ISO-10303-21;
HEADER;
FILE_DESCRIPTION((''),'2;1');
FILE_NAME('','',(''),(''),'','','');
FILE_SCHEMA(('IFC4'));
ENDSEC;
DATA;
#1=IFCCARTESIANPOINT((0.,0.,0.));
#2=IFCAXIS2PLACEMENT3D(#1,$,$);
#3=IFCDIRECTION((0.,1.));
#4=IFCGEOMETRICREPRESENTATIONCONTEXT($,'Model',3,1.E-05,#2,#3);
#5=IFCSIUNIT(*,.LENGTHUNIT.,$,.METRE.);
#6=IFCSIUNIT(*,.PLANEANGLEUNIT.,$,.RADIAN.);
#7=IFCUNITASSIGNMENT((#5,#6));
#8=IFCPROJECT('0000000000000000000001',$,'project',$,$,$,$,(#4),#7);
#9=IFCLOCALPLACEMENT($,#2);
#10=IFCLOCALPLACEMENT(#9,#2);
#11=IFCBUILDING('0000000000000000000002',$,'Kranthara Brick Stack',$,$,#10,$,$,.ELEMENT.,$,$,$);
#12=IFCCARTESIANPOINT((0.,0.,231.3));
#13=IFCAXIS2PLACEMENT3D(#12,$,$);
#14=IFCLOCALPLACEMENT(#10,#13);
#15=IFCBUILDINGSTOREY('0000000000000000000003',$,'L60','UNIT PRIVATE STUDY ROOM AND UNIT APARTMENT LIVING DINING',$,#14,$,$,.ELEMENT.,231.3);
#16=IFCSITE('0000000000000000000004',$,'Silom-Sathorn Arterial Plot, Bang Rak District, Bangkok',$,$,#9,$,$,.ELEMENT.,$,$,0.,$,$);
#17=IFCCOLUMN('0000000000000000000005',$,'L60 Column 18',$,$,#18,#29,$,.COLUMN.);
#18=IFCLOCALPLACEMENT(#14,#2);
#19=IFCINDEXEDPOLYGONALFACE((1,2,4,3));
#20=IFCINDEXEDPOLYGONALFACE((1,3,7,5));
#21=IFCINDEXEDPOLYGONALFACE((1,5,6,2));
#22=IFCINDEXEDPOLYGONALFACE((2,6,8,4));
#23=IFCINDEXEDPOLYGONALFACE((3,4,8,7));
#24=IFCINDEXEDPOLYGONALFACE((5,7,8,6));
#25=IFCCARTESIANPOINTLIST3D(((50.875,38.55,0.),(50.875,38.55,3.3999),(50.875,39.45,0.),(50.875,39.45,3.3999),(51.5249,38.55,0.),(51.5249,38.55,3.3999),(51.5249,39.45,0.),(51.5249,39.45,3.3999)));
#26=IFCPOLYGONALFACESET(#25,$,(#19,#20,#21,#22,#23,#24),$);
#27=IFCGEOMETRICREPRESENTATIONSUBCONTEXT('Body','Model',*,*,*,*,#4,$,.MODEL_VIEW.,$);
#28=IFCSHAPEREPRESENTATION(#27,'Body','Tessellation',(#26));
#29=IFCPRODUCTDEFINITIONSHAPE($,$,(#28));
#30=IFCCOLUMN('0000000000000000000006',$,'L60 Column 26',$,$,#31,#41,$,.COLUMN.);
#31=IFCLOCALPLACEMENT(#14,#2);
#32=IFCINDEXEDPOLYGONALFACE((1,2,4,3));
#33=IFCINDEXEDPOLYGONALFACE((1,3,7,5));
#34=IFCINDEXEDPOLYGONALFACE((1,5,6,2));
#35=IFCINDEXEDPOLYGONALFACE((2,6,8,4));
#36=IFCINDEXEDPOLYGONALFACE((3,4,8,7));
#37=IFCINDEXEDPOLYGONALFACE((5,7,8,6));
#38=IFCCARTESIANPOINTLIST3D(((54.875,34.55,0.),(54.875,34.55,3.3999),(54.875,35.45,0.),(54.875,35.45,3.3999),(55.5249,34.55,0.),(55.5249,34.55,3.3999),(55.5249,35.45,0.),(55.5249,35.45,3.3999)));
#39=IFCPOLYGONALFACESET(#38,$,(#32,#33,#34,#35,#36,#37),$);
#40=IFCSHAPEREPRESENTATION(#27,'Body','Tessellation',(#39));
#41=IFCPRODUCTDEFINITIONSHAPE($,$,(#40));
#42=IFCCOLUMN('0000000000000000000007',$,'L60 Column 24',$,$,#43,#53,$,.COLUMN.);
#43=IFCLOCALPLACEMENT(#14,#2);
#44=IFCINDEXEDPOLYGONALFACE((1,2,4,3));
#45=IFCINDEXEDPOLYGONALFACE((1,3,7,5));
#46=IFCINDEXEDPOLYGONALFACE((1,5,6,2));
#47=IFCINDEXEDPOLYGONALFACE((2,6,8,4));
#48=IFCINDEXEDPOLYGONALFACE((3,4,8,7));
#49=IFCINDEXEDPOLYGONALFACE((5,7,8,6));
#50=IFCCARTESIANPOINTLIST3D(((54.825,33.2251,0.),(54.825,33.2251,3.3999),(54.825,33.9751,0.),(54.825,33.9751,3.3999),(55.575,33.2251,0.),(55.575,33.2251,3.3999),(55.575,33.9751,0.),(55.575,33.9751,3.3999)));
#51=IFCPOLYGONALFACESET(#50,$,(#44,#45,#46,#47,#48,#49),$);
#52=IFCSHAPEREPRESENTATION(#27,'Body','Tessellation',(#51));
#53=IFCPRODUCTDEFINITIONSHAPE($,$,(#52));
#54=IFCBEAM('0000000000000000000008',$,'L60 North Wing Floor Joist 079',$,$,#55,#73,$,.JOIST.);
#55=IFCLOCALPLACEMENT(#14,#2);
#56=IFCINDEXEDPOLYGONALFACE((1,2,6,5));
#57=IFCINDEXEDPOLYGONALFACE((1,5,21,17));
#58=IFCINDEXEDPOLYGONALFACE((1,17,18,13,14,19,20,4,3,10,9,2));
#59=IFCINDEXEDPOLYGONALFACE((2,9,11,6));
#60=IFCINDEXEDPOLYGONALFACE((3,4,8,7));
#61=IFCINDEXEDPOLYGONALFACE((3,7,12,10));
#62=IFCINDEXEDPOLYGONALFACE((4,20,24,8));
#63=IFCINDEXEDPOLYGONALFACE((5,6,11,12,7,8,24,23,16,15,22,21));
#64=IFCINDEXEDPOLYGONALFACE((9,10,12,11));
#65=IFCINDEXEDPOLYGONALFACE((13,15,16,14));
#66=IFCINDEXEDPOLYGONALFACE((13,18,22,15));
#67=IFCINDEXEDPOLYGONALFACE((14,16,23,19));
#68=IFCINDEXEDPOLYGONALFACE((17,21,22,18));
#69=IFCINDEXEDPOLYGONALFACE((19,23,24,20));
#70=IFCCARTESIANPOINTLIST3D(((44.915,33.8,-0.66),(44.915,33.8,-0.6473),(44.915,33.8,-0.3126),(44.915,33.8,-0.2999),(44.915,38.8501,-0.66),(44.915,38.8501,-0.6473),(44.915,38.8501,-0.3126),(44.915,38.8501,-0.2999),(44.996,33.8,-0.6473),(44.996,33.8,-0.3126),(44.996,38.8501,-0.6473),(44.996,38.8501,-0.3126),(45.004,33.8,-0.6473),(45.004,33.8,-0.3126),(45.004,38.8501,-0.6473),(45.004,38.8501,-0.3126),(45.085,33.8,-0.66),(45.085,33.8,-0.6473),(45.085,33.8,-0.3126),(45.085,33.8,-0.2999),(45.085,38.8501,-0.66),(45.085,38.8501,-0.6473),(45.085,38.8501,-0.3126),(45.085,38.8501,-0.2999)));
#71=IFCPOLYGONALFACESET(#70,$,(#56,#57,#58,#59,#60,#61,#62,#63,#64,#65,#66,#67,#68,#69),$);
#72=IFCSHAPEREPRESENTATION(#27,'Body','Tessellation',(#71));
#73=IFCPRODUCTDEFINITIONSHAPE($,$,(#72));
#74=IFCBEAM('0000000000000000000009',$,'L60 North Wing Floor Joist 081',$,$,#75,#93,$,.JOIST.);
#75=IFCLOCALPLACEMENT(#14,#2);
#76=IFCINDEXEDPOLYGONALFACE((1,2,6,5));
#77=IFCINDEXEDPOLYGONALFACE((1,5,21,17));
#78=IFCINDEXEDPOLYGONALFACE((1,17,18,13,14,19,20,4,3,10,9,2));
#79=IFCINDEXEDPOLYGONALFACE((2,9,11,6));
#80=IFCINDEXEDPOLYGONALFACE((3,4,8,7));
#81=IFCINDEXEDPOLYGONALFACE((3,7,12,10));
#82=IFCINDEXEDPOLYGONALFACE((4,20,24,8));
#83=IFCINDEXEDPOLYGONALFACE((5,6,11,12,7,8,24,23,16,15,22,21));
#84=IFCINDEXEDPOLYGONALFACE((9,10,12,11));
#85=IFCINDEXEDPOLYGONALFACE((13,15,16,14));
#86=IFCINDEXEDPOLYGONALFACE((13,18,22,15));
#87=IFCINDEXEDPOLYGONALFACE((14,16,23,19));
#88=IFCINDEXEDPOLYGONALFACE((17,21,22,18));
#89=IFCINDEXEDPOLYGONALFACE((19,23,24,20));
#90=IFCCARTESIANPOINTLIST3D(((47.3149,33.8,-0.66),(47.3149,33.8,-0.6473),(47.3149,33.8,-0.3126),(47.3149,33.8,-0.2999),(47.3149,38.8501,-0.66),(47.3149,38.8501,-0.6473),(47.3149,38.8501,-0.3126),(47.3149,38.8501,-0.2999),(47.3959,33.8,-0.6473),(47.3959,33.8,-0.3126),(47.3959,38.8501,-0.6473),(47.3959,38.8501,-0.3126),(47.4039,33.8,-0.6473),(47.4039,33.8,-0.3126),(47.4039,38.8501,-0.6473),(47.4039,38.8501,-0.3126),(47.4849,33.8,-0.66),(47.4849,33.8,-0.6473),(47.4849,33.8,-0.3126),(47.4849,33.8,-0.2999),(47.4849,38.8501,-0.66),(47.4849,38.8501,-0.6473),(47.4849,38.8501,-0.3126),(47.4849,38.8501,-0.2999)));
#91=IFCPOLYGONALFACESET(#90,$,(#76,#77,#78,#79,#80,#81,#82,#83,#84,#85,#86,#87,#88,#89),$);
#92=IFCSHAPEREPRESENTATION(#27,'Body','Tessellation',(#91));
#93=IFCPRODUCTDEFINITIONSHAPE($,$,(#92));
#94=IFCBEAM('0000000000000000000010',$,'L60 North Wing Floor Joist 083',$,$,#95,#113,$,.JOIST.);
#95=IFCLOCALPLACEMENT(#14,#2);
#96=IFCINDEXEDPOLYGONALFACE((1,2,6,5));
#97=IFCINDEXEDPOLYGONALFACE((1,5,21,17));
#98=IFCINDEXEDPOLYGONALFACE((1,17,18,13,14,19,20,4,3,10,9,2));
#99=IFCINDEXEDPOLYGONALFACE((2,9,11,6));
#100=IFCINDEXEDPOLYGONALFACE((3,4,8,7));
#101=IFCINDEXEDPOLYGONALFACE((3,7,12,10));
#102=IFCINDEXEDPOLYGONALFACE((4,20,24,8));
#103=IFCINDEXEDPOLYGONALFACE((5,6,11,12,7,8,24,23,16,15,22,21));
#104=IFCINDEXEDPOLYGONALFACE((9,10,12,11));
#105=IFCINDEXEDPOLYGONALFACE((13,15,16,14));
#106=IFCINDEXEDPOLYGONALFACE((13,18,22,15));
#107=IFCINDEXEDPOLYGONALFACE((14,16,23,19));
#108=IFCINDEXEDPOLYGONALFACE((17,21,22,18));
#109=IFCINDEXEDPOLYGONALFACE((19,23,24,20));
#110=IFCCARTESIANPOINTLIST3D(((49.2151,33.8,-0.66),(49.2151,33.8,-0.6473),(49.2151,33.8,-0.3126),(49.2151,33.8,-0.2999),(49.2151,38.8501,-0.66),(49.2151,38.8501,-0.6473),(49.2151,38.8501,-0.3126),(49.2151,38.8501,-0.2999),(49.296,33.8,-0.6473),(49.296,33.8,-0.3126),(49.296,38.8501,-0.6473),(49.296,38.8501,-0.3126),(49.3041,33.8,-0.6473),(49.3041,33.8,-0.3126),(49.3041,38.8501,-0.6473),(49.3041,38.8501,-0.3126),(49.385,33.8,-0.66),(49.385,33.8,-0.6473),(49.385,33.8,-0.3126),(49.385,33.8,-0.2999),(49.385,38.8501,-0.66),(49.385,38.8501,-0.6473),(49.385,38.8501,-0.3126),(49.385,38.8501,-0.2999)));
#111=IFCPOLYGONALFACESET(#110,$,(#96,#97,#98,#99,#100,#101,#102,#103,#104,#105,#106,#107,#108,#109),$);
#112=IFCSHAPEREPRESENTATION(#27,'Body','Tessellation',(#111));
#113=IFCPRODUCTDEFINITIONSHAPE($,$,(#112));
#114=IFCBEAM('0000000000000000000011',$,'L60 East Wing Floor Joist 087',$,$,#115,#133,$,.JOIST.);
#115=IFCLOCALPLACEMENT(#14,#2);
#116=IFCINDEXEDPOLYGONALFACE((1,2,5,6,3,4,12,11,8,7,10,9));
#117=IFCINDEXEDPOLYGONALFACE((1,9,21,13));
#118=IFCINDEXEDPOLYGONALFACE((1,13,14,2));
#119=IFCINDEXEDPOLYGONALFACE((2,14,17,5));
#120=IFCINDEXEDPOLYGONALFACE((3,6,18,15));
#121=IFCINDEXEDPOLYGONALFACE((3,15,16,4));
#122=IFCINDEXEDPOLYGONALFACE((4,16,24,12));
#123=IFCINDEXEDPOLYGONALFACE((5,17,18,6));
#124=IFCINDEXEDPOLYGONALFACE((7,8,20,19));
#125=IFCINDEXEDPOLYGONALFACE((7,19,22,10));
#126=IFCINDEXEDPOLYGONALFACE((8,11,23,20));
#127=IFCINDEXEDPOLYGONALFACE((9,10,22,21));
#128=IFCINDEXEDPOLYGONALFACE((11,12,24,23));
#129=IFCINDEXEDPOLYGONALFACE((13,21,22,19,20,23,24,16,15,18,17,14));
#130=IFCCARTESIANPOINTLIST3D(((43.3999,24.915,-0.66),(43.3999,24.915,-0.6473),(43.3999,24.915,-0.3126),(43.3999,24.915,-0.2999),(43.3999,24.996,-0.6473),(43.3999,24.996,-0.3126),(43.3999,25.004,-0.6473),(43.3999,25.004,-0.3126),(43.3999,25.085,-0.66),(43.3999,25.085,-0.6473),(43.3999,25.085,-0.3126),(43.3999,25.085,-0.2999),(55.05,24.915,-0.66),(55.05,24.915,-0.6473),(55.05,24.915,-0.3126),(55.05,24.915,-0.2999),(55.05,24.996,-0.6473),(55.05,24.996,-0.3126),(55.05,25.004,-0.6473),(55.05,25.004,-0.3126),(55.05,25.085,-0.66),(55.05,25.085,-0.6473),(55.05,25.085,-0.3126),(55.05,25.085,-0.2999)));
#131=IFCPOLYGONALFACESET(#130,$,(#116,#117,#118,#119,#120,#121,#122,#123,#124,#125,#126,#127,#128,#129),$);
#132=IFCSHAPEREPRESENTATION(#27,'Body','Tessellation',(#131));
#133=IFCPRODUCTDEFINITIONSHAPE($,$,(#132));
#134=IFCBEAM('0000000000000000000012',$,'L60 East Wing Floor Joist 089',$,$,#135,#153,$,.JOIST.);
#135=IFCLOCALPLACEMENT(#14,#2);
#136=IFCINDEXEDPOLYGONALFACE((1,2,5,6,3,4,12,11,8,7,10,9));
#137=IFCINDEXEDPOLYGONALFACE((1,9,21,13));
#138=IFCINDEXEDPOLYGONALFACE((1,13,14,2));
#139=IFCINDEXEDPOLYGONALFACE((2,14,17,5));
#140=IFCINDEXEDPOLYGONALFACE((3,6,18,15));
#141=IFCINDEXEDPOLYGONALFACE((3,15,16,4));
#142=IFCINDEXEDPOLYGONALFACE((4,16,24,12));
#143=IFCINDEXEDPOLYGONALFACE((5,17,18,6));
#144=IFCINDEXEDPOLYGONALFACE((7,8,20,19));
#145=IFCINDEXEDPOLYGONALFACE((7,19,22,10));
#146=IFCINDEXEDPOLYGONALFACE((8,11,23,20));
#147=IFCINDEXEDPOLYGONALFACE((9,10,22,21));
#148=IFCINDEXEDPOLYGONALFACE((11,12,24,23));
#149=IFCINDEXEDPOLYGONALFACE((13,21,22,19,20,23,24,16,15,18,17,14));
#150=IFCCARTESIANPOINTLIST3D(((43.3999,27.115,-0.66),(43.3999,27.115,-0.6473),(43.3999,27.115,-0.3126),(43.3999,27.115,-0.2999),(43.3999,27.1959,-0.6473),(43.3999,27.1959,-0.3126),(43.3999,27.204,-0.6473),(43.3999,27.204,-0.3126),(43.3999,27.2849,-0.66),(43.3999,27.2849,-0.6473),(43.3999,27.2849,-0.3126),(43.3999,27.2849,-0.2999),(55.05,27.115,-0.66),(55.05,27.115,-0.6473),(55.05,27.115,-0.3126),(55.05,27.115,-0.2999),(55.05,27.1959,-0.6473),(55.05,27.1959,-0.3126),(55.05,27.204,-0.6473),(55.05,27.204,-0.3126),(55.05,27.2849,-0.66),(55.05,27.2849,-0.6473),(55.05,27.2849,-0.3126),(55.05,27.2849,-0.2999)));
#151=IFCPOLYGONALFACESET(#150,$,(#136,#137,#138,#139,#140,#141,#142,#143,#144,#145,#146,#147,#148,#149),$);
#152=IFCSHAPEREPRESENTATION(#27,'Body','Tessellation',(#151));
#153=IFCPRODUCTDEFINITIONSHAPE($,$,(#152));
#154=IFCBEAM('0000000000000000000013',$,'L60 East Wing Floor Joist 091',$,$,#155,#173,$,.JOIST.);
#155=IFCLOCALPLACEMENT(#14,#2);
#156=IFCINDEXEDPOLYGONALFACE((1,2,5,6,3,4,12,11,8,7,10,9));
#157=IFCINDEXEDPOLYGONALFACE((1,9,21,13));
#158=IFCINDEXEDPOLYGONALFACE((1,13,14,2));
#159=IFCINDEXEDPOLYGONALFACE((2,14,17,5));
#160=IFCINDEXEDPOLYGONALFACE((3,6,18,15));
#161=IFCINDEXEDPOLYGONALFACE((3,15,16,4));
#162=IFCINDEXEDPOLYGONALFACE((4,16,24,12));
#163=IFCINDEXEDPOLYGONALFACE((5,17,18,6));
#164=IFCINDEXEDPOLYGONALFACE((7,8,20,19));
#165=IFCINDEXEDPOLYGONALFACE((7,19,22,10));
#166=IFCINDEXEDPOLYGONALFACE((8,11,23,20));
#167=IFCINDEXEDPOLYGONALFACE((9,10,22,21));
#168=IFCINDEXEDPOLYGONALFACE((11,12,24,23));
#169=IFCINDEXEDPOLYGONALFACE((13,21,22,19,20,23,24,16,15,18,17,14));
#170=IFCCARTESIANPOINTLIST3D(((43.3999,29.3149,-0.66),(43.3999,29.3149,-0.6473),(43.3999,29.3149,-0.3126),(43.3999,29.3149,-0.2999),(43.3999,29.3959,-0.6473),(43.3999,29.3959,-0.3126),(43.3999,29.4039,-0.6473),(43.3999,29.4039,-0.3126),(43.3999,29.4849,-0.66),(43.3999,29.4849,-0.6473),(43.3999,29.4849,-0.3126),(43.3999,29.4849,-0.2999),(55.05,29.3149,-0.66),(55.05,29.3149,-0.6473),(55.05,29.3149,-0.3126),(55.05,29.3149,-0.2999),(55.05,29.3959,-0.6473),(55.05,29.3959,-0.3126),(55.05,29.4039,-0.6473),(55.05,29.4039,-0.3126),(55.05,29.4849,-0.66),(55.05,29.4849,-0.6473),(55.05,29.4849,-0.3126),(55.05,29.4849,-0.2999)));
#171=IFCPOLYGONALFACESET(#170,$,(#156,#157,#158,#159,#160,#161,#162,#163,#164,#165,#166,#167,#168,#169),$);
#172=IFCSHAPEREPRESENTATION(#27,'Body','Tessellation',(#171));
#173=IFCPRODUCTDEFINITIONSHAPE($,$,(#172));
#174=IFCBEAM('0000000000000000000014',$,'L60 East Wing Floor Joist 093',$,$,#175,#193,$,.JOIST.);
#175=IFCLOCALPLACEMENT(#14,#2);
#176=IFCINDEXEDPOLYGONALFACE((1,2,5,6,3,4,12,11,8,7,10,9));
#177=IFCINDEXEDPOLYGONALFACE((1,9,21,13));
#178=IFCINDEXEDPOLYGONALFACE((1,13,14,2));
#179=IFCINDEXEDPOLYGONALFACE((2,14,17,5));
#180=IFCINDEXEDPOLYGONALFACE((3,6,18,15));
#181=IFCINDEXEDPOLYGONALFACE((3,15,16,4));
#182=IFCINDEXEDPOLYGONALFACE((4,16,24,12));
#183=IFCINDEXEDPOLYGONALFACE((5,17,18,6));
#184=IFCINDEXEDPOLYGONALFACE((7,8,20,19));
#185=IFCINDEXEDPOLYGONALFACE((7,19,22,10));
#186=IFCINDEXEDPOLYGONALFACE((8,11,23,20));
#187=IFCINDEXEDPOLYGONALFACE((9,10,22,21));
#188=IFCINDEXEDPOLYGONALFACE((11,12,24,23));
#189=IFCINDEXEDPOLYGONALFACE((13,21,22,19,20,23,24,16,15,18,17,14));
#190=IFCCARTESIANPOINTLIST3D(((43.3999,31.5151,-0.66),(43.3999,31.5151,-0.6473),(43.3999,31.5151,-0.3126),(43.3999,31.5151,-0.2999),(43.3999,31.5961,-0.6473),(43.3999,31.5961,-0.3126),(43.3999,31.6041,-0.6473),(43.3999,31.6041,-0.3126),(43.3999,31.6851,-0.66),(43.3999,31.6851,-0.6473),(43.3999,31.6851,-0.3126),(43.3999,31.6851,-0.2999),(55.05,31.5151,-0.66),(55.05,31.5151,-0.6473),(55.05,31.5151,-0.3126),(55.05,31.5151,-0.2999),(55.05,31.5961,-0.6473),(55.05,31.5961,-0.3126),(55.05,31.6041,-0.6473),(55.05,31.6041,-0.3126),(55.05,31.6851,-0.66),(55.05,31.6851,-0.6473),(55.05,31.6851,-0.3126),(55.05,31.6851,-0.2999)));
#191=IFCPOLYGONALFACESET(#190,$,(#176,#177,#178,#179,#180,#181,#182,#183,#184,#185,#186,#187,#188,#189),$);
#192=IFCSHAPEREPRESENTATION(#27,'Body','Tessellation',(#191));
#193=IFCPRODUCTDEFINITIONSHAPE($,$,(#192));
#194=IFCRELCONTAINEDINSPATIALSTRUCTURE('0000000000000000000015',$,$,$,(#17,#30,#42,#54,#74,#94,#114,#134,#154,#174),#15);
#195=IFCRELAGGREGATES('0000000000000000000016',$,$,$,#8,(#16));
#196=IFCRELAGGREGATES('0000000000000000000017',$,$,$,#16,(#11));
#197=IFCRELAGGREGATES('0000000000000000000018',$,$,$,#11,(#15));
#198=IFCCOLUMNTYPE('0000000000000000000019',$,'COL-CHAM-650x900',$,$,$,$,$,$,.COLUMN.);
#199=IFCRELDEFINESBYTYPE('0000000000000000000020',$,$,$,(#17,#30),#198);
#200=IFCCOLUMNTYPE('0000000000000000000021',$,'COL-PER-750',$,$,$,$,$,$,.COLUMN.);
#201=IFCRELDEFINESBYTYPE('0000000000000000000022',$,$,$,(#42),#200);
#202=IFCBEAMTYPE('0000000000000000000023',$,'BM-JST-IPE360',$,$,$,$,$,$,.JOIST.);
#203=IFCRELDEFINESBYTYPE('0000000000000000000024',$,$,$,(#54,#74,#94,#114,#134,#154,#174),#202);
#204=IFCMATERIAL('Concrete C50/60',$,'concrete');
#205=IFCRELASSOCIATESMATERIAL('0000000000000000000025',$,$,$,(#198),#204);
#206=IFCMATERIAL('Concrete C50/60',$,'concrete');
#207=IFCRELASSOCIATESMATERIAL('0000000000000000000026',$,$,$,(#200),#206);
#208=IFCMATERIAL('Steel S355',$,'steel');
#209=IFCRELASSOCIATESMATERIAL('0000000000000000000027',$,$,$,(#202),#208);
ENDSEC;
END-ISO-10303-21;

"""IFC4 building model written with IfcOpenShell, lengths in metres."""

from ifc_helpers import new_model, si_unit, direction, frame, origin, origin_2d, place, context, subcontext, project, spatial, rectangle, i_section, extrude, material, material_profile, profile_set, type_object, element, save


model = new_model("IFC4")

# Units and contexts
model_context = context("Model", 3, precision=1e-05, world=origin(), true_north=direction((0.0, 1.0)))
body_context = subcontext(model_context, "Body", "Model", "MODEL_VIEW")
ifc_project = project(units=[si_unit("LENGTHUNIT", "METRE"), si_unit("PLANEANGLEUNIT", "RADIAN")], contexts=[model_context])

# Site, building, storey
site_placement = place(None, origin())
site = spatial("IfcSite", under=ifc_project, at=site_placement, Name="Silom-Sathorn Arterial Plot, Bang Rak District, Bangkok", CompositionType="ELEMENT", RefElevation=0.0)
building_placement = place(site_placement, origin())
building = spatial("IfcBuilding", under=site, at=building_placement, Name="Kranthara Brick Stack", CompositionType="ELEMENT")
storey_placement = place(building_placement, frame((0.0, 0.0, 231.3)))
storey = spatial("IfcBuildingStorey", under=building, at=storey_placement, Name="L60", Description="UNIT PRIVATE STUDY ROOM AND UNIT APARTMENT LIVING DINING", CompositionType="ELEMENT", Elevation=231.3)

# Columns
ifc_material_1 = material(Name="Concrete C50/60", Category="concrete")
ifc_material_profile_1 = material_profile(ifc_material_1, rectangle(XDim=0.6499, YDim=0.8999, at=origin_2d()), Name="RC 650x900")
ifc_profile_set_1 = profile_set([ifc_material_profile_1], Name="Concrete C50/60")
column_type_1 = type_object("IfcColumnType", Name="COL-CHAM-650x900", PredefinedType="COLUMN", material=ifc_profile_set_1)
for number, where, z_axis, x_axis, name in (
    (1, (51.2, 39.0, 0.0), (0.0, 0.0, 1.0), (1.0, 0.0, 0.0), "L60 Column 18"),
    (2, (55.2, 35.0, 0.0), (0.0, 0.0, 1.0), (1.0, 0.0, 0.0), "L60 Column 26"),
):
    element("IfcColumn", number, at=place(storey_placement, frame(where, z_axis=z_axis, x_axis=x_axis)), inside=storey, type_object=column_type_1, Name=name, PredefinedType="COLUMN", context=body_context, shape_type="SweptSolid", body=[
        extrude(rectangle(XDim=0.6499, YDim=0.8999, at=origin_2d()), origin(), (0.0, 0.0, 1.0), 3.3999),
    ])
ifc_material_2 = material(Name="Concrete C50/60", Category="concrete")
ifc_material_profile_2 = material_profile(ifc_material_2, rectangle(XDim=0.75, YDim=0.75, at=origin_2d()), Name="RC 750x750")
ifc_profile_set_2 = profile_set([ifc_material_profile_2], Name="Concrete C50/60")
column_type_2 = type_object("IfcColumnType", Name="COL-PER-750", PredefinedType="COLUMN", material=ifc_profile_set_2)
column_placement = place(storey_placement, frame((55.2, 33.6001, 0.0), z_axis=(0.0, 0.0, 1.0), x_axis=(1.0, 0.0, 0.0)))
element("IfcColumn", 3, at=column_placement, inside=storey, type_object=column_type_2, Name="L60 Column 24", PredefinedType="COLUMN", context=body_context, shape_type="SweptSolid", body=[
    extrude(rectangle(XDim=0.75, YDim=0.75, at=origin_2d()), origin(), (0.0, 0.0, 1.0), 3.3999),
])

# Beams
ifc_material_3 = material(Name="Steel S355", Category="steel")
ifc_material_profile_3 = material_profile(ifc_material_3, i_section(OverallWidth=0.1699, OverallDepth=0.3601, WebThickness=0.0081, FlangeThickness=0.0127, at=origin_2d()), Name="IPE 360")
ifc_profile_set_3 = profile_set([ifc_material_profile_3], Name="Steel S355")
beam_type_1 = type_object("IfcBeamType", Name="BM-JST-IPE360", PredefinedType="JOIST", material=ifc_profile_set_3)
for number, where, z_axis, x_axis, name in (
    (4, (45.0, 33.8, -0.48), (0.0, 1.0, 0.0), (-1.0, 0.0, 0.0), "L60 North Wing Floor Joist 079"),
    (5, (47.3999, 33.8, -0.48), (0.0, 1.0, 0.0), (-1.0, 0.0, 0.0), "L60 North Wing Floor Joist 081"),
    (6, (49.3, 33.8, -0.48), (0.0, 1.0, 0.0), (-1.0, 0.0, 0.0), "L60 North Wing Floor Joist 083"),
):
    element("IfcBeam", number, at=place(storey_placement, frame(where, z_axis=z_axis, x_axis=x_axis)), inside=storey, type_object=beam_type_1, Name=name, PredefinedType="JOIST", context=body_context, shape_type="SweptSolid", body=[
        extrude(i_section(OverallWidth=0.1699, OverallDepth=0.3601, WebThickness=0.0081, FlangeThickness=0.0127, at=origin_2d()), origin(), (0.0, 0.0, 1.0), 5.05),
    ])
for number, where, z_axis, x_axis, name in (
    (7, (43.3999, 25.0, -0.48), (1.0, 0.0, 0.0), (0.0, 1.0, 0.0), "L60 East Wing Floor Joist 087"),
    (8, (43.3999, 27.2, -0.48), (1.0, 0.0, 0.0), (0.0, 1.0, 0.0), "L60 East Wing Floor Joist 089"),
    (9, (43.3999, 29.3999, -0.48), (1.0, 0.0, 0.0), (0.0, 1.0, 0.0), "L60 East Wing Floor Joist 091"),
    (10, (43.3999, 31.6001, -0.48), (1.0, 0.0, 0.0), (0.0, 1.0, 0.0), "L60 East Wing Floor Joist 093"),
):
    element("IfcBeam", number, at=place(storey_placement, frame(where, z_axis=z_axis, x_axis=x_axis)), inside=storey, type_object=beam_type_1, Name=name, PredefinedType="JOIST", context=body_context, shape_type="SweptSolid", body=[
        extrude(i_section(OverallWidth=0.1699, OverallDepth=0.3601, WebThickness=0.0081, FlangeThickness=0.0127, at=origin_2d()), origin(), (0.0, 0.0, 1.0), 11.6501),
    ])

save(model, "model.ifc")
